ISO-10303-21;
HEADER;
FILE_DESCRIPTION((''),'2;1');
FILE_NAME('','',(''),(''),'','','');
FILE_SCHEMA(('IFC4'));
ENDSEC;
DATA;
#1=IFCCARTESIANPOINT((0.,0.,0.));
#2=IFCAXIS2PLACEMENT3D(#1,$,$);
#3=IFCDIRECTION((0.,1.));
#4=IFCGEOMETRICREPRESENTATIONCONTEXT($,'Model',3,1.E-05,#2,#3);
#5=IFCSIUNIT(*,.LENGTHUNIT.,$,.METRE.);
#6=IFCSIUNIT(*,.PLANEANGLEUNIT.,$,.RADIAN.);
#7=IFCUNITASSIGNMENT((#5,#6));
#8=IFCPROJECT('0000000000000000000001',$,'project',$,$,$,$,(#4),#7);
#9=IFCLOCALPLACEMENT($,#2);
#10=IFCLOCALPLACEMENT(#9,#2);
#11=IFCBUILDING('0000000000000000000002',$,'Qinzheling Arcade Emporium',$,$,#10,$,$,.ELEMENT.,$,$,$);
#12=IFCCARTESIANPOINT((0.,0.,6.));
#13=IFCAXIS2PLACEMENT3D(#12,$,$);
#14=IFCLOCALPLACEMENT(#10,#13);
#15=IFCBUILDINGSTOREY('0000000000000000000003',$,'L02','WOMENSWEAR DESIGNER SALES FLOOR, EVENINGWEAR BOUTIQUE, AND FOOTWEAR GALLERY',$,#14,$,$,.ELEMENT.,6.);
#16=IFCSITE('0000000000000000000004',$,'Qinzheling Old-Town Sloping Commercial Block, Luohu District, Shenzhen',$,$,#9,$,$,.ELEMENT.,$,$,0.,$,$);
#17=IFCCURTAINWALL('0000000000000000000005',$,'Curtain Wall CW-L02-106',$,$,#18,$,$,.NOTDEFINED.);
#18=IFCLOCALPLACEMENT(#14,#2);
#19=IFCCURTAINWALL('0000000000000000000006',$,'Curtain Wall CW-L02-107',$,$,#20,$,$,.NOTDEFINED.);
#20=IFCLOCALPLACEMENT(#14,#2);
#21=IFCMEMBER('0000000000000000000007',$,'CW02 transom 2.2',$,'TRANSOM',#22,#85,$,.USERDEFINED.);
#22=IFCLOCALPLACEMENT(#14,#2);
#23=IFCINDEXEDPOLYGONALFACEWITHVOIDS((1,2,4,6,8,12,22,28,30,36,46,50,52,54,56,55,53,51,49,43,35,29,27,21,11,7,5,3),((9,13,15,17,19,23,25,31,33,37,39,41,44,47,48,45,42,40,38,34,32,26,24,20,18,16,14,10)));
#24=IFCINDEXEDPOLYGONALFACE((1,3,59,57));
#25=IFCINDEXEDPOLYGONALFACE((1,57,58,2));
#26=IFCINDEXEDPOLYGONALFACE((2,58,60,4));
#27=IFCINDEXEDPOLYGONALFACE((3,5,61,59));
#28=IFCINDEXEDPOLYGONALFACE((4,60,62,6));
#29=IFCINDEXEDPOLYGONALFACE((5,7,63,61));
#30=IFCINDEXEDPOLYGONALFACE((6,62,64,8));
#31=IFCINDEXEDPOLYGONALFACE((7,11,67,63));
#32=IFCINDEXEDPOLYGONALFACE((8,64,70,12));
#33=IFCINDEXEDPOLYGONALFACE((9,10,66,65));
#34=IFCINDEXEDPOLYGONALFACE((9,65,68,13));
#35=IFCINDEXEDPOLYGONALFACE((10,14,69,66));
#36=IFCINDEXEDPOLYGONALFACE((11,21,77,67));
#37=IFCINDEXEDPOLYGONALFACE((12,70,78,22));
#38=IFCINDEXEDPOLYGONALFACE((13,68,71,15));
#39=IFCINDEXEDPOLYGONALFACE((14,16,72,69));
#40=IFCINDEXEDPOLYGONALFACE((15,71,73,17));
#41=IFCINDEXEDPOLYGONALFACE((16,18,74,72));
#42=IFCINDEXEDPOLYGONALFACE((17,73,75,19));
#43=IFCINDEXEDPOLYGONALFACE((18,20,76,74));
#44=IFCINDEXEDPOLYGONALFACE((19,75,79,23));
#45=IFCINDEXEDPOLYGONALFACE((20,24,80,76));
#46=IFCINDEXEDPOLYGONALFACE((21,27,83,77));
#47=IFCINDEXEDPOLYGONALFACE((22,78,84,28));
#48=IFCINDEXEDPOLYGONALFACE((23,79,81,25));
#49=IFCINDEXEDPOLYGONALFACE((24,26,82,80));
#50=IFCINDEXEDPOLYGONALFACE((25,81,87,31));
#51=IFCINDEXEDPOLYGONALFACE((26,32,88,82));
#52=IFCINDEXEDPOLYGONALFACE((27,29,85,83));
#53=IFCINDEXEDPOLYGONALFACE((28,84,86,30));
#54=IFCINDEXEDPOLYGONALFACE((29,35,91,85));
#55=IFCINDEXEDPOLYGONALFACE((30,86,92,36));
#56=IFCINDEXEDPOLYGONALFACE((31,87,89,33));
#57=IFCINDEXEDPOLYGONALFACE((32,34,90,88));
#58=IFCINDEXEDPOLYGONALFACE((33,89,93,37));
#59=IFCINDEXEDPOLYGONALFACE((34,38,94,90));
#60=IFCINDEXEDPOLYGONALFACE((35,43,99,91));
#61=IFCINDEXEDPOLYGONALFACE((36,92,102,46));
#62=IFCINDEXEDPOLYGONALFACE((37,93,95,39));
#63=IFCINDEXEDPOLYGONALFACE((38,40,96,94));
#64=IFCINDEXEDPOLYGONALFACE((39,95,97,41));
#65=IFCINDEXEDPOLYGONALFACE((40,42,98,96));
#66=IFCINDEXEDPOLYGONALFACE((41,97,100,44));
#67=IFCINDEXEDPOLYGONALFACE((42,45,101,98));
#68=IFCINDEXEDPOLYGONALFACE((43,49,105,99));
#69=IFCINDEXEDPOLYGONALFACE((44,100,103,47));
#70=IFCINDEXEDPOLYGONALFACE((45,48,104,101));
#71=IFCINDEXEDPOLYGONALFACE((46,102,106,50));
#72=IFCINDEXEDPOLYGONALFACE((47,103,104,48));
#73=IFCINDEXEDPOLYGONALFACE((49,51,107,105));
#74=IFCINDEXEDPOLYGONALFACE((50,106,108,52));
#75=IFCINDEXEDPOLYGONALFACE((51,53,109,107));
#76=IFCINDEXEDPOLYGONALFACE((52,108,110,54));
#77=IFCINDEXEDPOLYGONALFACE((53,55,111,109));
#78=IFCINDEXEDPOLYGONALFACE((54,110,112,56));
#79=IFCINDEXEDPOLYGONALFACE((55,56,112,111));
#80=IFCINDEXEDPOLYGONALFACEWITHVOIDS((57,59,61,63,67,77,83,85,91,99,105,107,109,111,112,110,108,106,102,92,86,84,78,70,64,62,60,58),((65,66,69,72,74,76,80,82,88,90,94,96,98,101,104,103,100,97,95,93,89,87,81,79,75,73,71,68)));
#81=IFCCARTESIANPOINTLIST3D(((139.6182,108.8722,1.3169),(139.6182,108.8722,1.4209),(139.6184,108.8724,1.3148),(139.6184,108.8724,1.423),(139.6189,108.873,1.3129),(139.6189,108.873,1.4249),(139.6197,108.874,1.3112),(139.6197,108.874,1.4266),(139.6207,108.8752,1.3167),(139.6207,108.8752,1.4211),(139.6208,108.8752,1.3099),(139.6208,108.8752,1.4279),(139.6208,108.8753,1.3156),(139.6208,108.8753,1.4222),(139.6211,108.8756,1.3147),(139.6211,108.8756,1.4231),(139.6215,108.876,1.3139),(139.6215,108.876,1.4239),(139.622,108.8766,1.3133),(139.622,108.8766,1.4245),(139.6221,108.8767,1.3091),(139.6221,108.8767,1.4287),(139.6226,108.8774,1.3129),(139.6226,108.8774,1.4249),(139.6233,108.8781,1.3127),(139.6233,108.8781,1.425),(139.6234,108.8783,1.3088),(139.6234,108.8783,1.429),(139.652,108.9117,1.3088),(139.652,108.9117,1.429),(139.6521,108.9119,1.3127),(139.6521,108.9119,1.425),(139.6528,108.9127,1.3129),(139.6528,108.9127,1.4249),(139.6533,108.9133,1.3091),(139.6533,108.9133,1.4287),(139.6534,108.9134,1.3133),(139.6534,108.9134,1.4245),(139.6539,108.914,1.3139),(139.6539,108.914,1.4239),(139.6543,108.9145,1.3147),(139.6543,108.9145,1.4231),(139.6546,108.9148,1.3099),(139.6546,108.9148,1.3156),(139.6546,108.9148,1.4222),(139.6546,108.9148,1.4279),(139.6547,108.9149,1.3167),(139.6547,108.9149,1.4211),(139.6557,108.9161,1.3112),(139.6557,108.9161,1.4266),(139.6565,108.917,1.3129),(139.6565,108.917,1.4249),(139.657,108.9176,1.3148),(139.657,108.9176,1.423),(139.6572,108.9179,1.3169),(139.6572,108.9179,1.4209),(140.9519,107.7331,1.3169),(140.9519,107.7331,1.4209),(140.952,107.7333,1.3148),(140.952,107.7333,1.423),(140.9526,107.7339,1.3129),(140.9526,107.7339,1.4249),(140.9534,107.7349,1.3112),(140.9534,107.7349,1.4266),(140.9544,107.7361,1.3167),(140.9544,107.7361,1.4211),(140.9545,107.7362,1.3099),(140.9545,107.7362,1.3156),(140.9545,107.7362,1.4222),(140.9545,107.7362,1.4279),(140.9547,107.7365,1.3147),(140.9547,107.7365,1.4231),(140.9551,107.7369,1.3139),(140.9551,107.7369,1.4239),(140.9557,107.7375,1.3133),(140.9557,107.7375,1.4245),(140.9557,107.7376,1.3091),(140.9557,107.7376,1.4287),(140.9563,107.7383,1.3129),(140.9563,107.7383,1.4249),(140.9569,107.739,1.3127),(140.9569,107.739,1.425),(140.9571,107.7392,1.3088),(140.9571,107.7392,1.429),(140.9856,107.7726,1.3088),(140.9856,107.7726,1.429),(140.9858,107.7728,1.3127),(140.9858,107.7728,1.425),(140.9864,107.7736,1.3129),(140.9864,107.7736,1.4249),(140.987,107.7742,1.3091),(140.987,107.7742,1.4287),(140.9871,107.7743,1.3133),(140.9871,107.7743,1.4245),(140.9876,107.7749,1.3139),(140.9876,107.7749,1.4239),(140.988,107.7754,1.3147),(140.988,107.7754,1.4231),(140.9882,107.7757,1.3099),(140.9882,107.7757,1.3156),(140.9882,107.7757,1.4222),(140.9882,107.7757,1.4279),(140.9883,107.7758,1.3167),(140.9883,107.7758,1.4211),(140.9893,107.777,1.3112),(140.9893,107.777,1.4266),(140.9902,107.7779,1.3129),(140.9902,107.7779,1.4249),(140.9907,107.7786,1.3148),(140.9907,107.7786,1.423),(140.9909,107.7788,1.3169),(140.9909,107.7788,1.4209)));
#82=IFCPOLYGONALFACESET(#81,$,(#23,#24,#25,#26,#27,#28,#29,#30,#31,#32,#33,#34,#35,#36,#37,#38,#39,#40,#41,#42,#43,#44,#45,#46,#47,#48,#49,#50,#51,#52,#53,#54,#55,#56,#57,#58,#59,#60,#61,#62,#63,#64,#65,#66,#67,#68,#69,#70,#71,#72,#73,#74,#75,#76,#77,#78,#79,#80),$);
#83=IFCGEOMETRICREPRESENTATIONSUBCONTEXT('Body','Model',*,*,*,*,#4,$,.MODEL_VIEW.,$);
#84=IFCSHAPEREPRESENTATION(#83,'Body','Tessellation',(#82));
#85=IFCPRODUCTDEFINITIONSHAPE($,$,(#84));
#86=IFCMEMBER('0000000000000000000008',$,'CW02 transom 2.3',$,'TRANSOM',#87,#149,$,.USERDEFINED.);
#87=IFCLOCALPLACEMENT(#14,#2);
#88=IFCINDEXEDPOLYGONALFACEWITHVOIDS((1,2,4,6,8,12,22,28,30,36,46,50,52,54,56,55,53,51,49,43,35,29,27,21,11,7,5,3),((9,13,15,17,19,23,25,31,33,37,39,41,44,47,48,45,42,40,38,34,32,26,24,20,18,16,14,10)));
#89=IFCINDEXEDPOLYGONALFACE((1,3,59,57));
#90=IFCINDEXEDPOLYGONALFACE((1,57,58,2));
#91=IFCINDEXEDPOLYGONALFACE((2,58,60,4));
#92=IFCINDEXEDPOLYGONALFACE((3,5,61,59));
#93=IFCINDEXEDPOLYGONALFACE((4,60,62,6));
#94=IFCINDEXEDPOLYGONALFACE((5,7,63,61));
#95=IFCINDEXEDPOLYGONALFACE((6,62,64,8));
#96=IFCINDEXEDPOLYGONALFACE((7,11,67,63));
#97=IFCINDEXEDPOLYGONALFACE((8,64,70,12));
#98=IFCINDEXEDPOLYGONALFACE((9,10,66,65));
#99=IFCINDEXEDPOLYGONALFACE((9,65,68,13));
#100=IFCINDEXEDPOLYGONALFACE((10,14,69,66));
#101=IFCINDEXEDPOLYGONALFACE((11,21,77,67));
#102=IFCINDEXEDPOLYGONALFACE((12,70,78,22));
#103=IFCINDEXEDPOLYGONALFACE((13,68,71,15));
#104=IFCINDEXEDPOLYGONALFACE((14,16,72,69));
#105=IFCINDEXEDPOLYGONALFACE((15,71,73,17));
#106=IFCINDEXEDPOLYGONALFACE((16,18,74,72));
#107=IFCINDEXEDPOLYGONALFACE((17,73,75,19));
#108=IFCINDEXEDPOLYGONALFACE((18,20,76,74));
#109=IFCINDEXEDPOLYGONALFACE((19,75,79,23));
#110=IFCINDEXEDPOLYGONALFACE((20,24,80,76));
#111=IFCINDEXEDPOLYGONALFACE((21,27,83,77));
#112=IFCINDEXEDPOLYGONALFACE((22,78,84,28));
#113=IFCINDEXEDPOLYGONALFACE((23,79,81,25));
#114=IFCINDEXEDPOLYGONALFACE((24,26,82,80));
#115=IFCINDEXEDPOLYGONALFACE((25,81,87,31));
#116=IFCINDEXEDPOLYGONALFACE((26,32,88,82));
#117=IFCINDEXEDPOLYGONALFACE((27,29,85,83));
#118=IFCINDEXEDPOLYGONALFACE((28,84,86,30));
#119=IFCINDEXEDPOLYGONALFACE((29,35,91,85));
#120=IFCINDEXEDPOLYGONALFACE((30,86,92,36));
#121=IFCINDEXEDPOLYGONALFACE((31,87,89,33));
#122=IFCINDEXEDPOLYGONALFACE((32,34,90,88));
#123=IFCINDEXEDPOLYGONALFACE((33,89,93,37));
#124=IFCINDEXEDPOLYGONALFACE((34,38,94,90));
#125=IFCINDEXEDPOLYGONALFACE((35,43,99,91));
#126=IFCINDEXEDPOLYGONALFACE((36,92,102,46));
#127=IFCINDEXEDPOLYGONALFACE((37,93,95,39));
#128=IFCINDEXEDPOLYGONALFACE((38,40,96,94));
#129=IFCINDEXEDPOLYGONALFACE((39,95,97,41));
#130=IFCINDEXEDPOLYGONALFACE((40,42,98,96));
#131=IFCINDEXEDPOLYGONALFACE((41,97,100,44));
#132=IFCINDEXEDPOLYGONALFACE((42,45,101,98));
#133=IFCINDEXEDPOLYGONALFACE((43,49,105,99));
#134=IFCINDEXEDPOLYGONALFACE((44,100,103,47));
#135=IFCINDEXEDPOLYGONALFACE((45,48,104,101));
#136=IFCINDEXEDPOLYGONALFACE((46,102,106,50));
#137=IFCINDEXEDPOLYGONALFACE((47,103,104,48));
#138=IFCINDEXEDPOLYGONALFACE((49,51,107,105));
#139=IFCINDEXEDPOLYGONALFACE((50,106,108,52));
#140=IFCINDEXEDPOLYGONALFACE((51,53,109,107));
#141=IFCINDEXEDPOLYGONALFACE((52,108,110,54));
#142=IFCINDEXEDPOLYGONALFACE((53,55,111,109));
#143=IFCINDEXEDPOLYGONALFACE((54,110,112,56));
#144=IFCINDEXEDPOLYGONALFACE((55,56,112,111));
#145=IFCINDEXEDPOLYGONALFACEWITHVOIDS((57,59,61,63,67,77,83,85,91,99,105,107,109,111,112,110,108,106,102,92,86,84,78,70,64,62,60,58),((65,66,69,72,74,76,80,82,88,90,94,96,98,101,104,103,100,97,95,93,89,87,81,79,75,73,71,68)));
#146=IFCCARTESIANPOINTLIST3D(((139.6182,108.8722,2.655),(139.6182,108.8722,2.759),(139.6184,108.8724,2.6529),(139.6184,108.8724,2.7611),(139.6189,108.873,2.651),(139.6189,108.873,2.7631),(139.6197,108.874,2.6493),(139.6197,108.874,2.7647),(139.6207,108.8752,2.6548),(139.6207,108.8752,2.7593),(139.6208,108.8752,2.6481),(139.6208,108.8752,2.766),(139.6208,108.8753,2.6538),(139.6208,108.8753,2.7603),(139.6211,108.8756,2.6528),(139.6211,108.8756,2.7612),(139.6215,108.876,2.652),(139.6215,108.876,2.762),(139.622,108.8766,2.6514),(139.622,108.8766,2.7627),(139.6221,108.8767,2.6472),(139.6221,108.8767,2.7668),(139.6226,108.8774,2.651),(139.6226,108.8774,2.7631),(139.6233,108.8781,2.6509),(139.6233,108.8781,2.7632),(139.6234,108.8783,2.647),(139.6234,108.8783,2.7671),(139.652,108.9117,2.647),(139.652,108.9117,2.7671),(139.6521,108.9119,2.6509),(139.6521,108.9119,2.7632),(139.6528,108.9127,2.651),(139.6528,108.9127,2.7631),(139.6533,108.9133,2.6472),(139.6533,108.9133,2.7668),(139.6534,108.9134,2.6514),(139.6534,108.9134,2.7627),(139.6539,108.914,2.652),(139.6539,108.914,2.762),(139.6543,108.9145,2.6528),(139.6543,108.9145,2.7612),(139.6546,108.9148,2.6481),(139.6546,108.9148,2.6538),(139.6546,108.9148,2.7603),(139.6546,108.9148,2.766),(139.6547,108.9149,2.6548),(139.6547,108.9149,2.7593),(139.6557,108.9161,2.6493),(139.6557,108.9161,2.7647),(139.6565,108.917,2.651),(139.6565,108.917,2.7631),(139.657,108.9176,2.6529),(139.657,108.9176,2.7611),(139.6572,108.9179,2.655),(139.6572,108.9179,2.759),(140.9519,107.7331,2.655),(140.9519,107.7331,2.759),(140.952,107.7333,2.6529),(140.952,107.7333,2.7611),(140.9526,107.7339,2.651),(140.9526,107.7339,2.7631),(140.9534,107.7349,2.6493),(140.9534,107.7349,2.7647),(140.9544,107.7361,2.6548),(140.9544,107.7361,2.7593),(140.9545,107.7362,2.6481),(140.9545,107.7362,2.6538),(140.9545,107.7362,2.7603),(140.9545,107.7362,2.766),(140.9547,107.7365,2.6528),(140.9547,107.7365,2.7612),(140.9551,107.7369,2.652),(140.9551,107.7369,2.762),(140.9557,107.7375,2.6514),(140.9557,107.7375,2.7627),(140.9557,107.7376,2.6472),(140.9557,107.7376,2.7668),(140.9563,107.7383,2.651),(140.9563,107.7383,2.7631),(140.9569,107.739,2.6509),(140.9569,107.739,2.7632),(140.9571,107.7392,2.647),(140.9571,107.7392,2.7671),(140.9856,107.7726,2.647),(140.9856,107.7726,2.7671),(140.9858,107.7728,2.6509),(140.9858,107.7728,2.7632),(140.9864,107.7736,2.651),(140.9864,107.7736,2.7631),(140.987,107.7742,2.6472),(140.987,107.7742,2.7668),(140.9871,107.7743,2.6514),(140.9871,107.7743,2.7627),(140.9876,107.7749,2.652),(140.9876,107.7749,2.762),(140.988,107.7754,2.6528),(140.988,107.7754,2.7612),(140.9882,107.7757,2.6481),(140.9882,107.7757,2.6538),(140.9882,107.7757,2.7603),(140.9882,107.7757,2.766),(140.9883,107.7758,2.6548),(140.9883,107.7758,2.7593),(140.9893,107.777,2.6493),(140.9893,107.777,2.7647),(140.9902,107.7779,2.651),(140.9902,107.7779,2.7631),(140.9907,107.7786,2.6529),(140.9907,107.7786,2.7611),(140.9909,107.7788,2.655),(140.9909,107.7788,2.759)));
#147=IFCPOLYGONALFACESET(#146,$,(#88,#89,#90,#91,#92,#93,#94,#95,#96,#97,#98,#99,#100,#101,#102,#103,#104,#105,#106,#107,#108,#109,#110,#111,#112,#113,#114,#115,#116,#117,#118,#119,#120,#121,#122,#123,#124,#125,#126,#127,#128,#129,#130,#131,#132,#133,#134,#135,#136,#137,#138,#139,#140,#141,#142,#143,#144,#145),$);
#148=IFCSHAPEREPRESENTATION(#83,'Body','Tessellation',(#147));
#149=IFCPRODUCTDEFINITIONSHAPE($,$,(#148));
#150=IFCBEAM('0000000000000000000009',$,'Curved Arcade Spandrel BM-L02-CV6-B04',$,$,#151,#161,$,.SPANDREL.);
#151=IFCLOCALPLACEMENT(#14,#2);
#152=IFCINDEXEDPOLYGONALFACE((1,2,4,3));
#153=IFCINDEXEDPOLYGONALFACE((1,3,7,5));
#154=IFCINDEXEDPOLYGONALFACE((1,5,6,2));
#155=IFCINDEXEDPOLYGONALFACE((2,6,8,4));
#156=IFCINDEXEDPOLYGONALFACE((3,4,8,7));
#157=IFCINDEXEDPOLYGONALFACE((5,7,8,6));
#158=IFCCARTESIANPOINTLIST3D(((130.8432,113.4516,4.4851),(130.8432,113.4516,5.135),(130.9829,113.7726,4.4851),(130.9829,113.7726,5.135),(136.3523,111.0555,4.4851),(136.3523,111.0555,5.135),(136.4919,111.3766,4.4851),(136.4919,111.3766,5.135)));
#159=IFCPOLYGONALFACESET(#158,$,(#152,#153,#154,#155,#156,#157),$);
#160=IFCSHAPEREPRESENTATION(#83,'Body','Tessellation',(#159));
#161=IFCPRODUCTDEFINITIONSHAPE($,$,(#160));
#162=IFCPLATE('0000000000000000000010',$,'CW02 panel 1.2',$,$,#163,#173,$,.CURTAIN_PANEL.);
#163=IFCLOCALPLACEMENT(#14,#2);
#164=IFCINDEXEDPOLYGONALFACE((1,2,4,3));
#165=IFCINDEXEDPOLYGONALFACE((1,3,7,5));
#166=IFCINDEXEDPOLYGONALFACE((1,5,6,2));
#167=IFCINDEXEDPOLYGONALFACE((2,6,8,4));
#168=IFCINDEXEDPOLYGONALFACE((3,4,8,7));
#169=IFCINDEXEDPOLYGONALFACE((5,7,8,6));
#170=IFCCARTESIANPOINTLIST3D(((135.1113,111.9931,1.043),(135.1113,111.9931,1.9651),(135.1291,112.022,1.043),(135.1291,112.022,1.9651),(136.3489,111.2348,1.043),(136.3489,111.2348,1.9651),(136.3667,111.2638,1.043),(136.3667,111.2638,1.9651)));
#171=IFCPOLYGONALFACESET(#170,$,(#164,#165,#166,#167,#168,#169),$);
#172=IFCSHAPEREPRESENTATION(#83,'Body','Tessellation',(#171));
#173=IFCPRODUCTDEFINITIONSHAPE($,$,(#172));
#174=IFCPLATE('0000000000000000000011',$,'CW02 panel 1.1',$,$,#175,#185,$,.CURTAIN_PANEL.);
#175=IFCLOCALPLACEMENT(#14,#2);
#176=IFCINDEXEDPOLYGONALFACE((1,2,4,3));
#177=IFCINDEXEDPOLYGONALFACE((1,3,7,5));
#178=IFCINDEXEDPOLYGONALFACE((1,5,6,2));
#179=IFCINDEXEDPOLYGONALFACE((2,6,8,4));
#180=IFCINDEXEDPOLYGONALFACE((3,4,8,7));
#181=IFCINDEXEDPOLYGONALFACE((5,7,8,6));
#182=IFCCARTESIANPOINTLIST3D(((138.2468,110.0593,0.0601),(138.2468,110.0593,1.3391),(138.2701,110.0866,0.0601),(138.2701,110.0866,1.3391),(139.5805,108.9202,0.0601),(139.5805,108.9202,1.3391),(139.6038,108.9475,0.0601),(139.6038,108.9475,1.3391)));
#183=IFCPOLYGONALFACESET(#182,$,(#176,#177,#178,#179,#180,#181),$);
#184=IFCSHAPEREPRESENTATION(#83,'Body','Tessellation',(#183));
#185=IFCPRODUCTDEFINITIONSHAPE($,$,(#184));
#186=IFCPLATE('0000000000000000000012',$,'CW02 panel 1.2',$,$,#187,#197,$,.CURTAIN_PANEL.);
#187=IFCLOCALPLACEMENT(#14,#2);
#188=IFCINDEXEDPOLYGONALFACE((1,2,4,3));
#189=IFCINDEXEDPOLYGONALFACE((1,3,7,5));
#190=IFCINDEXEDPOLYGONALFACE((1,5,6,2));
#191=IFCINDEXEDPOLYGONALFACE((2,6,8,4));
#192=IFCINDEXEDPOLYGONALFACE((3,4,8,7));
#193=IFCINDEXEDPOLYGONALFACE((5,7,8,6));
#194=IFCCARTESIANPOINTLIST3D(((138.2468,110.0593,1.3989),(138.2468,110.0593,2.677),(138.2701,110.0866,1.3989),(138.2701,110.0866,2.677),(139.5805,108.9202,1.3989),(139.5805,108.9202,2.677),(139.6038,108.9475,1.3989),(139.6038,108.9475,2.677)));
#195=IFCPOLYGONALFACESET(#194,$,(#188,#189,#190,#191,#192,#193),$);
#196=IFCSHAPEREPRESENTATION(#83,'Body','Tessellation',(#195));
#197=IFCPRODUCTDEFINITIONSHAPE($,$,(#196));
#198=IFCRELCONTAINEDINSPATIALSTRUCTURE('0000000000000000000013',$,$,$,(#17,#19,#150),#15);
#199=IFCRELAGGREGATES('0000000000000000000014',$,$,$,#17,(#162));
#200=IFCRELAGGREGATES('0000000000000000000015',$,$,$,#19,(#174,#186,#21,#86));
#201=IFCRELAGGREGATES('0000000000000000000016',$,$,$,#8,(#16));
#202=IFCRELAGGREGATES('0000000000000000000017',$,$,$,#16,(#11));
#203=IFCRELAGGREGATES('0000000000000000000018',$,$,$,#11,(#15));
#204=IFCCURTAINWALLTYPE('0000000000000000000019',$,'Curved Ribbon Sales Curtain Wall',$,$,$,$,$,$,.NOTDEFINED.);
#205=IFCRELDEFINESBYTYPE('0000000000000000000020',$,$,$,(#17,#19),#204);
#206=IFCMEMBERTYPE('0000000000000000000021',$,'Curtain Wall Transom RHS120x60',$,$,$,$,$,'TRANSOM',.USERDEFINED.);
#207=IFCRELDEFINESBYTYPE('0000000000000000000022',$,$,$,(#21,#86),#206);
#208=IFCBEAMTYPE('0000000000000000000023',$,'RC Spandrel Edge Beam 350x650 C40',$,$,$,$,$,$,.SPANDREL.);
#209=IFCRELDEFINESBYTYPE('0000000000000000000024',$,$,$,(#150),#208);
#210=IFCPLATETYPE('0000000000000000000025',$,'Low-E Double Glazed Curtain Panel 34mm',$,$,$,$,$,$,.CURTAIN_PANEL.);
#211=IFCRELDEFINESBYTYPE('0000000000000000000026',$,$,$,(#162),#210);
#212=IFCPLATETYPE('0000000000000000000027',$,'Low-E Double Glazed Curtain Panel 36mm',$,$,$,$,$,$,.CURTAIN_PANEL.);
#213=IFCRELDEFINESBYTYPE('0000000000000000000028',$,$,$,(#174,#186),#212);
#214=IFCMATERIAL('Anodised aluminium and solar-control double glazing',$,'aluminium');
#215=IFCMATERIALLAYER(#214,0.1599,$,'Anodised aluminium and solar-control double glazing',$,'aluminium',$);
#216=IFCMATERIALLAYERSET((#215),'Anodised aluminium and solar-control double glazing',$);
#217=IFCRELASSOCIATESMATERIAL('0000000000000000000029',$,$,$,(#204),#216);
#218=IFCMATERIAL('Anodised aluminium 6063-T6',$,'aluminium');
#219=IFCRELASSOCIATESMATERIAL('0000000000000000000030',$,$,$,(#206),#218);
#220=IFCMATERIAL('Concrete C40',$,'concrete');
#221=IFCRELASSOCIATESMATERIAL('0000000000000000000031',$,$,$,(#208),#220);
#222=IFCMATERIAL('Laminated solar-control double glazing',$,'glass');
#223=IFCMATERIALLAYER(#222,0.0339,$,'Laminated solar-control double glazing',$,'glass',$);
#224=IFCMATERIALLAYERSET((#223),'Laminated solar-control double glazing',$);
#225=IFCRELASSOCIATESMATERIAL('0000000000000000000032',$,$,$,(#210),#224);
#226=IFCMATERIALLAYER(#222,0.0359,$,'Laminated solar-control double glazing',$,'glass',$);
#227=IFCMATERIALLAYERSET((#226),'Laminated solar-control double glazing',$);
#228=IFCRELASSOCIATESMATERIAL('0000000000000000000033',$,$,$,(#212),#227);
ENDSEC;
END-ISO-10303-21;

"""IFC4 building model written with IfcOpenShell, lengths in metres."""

from ifc_helpers import new_model, si_unit, direction, frame, origin, origin_2d, place, context, subcontext, project, spatial, rectangle, hollow_rectangle, extrude, material, layer, layer_set, material_profile, profile_set, type_object, element, aggregate, save


model = new_model("IFC4")

# Units and contexts
model_context = context("Model", 3, precision=1e-05, world=origin(), true_north=direction((0.0, 1.0)))
body_context = subcontext(model_context, "Body", "Model", "MODEL_VIEW")
ifc_project = project(units=[si_unit("LENGTHUNIT", "METRE"), si_unit("PLANEANGLEUNIT", "RADIAN")], contexts=[model_context])

# Site, building, storey
site_placement = place(None, origin())
site = spatial("IfcSite", under=ifc_project, at=site_placement, Name="Qinzheling Old-Town Sloping Commercial Block, Luohu District, Shenzhen", CompositionType="ELEMENT", RefElevation=0.0)
building_placement = place(site_placement, origin())
building = spatial("IfcBuilding", under=site, at=building_placement, Name="Qinzheling Arcade Emporium", CompositionType="ELEMENT")
storey_placement = place(building_placement, frame((0.0, 0.0, 6.0)))
storey = spatial("IfcBuildingStorey", under=building, at=storey_placement, Name="L02", Description="WOMENSWEAR DESIGNER SALES FLOOR, EVENINGWEAR BOUTIQUE, AND FOOTWEAR GALLERY", CompositionType="ELEMENT", Elevation=6.0)

# Curtain wall
ifc_material_1 = material(Name="Anodised aluminium and solar-control double glazing", Category="aluminium")
ifc_layer_1 = layer(ifc_material_1, 0.1599, Name="Anodised aluminium and solar-control double glazing", Category="aluminium")
ifc_layer_set_1 = layer_set([ifc_layer_1], Name="Anodised aluminium and solar-control double glazing")
curtain_wall_type = type_object("IfcCurtainWallType", Name="Curved Ribbon Sales Curtain Wall", PredefinedType="NOTDEFINED", material=ifc_layer_set_1)
curtain_wall_1_placement = place(storey_placement, origin())
curtain_wall_1 = element("IfcCurtainWall", 1, at=curtain_wall_1_placement, inside=storey, type_object=curtain_wall_type, Name="Curtain Wall CW-L02-106", PredefinedType="NOTDEFINED")
ifc_material_2 = material(Name="Anodised aluminium 6063-T6", Category="aluminium")

# Curtain wall, members
curtain_wall_2_placement = place(storey_placement, origin())
curtain_wall_2 = element("IfcCurtainWall", 2, at=curtain_wall_2_placement, inside=storey, type_object=curtain_wall_type, Name="Curtain Wall CW-L02-107", PredefinedType="NOTDEFINED")
ifc_material_profile_1 = material_profile(ifc_material_2, hollow_rectangle(XDim=0.0601, YDim=0.1201, WallThickness=0.0039, InnerFilletRadius=0.0039, OuterFilletRadius=0.0081, at=origin_2d()), Name="RHS 120x60x4", Category="aluminium")
ifc_profile_set_1 = profile_set([ifc_material_profile_1], Name="Anodised aluminium 6063-T6")
member_type_1 = type_object("IfcMemberType", Name="Curtain Wall Transom RHS120x60", ElementType="TRANSOM", PredefinedType="USERDEFINED", material=ifc_profile_set_1)
member_1_placement = place(storey_placement, frame((139.6377, 108.895, 1.3689), z_axis=(0.760395, -0.649461, 0.0), x_axis=(0.649461, 0.760395, 0.0)))
member_1 = element("IfcMember", 3, at=member_1_placement, type_object=member_type_1, Name="CW02 transom 2.2", ObjectType="TRANSOM", PredefinedType="USERDEFINED", context=body_context, shape_type="SweptSolid", body=[
    extrude(hollow_rectangle(XDim=0.0601, YDim=0.1201, WallThickness=0.0039, InnerFilletRadius=0.0039, OuterFilletRadius=0.0081, at=origin_2d()), origin(), (0.0, 0.0, 1.0), 1.7539),
])
member_2_placement = place(storey_placement, frame((139.6377, 108.895, 2.707), z_axis=(0.760395, -0.649461, 0.0), x_axis=(0.649461, 0.760395, 0.0)))
member_2 = element("IfcMember", 4, at=member_2_placement, type_object=member_type_1, Name="CW02 transom 2.3", ObjectType="TRANSOM", PredefinedType="USERDEFINED", context=body_context, shape_type="SweptSolid", body=[
    extrude(hollow_rectangle(XDim=0.0601, YDim=0.1201, WallThickness=0.0039, InnerFilletRadius=0.0039, OuterFilletRadius=0.0081, at=origin_2d()), origin(), (0.0, 0.0, 1.0), 1.7539),
])

# Beam
ifc_material_3 = material(Name="Concrete C40", Category="concrete")
ifc_material_profile_2 = material_profile(ifc_material_3, rectangle(XDim=0.3501, YDim=0.6499, at=origin_2d()), Name="RC 350x650", Category="concrete")
ifc_profile_set_2 = profile_set([ifc_material_profile_2], Name="Concrete C40")
beam_type_1 = type_object("IfcBeamType", Name="RC Spandrel Edge Beam 350x650 C40", PredefinedType="SPANDREL", material=ifc_profile_set_2)
beam_1_placement = place(storey_placement, frame((136.4221, 111.2161, 4.8101), z_axis=(-0.917024, 0.398833, 0.0), x_axis=(-0.398833, -0.917024, 0.0)))
element("IfcBeam", 5, at=beam_1_placement, inside=storey, type_object=beam_type_1, Name="Curved Arcade Spandrel BM-L02-CV6-B04", PredefinedType="SPANDREL", context=body_context, shape_type="SweptSolid", body=[
    extrude(rectangle(XDim=0.3501, YDim=0.6499, at=origin_2d()), origin(), (0.0, 0.0, 1.0), 6.0076),
])

# Plates
ifc_material_4 = material(Name="Laminated solar-control double glazing", Category="glass")
ifc_layer_2 = layer(ifc_material_4, 0.0339, Name="Laminated solar-control double glazing", Category="glass")
ifc_layer_set_2 = layer_set([ifc_layer_2], Name="Laminated solar-control double glazing")
plate_type_1 = type_object("IfcPlateType", Name="Low-E Double Glazed Curtain Panel 34mm", PredefinedType="CURTAIN_PANEL", material=ifc_layer_set_2)
plate_1_placement = place(storey_placement, frame((135.739, 111.6284, 1.043), z_axis=(0.0, 0.0, 1.0), x_axis=(0.852684, -0.522428, 0.0)))
plate_1 = element("IfcPlate", 6, at=plate_1_placement, type_object=plate_type_1, Name="CW02 panel 1.2", PredefinedType="CURTAIN_PANEL", context=body_context, shape_type="SweptSolid", body=[
    extrude(rectangle(XDim=1.4514, YDim=0.0339, at=origin_2d()), origin(), (0.0, 0.0, 1.0), 0.9221),
])
aggregate(curtain_wall_1, [plate_1])
ifc_layer_3 = layer(ifc_material_4, 0.0359, Name="Laminated solar-control double glazing", Category="glass")
ifc_layer_set_3 = layer_set([ifc_layer_3], Name="Laminated solar-control double glazing")
plate_type_2 = type_object("IfcPlateType", Name="Low-E Double Glazed Curtain Panel 36mm", PredefinedType="CURTAIN_PANEL", material=ifc_layer_set_3)
plate_2_placement = place(storey_placement, frame((138.9253, 109.5034, 0.0601), z_axis=(0.0, 0.0, 1.0), x_axis=(0.760385, -0.649473, 0.0)))
plate_2 = element("IfcPlate", 7, at=plate_2_placement, type_object=plate_type_2, Name="CW02 panel 1.1", PredefinedType="CURTAIN_PANEL", context=body_context, shape_type="SweptSolid", body=[
    extrude(rectangle(XDim=1.7539, YDim=0.0359, at=origin_2d()), origin(), (0.0, 0.0, 1.0), 1.2791),
])
plate_3_placement = place(storey_placement, frame((138.9253, 109.5034, 1.3989), z_axis=(0.0, 0.0, 1.0), x_axis=(0.760385, -0.649473, 0.0)))
plate_3 = element("IfcPlate", 8, at=plate_3_placement, type_object=plate_type_2, Name="CW02 panel 1.2", PredefinedType="CURTAIN_PANEL", context=body_context, shape_type="SweptSolid", body=[
    extrude(rectangle(XDim=1.7539, YDim=0.0359, at=origin_2d()), origin(), (0.0, 0.0, 1.0), 1.2781),
])
aggregate(curtain_wall_2, [plate_2, plate_3, member_1, member_2])

save(model, "model.ifc")
